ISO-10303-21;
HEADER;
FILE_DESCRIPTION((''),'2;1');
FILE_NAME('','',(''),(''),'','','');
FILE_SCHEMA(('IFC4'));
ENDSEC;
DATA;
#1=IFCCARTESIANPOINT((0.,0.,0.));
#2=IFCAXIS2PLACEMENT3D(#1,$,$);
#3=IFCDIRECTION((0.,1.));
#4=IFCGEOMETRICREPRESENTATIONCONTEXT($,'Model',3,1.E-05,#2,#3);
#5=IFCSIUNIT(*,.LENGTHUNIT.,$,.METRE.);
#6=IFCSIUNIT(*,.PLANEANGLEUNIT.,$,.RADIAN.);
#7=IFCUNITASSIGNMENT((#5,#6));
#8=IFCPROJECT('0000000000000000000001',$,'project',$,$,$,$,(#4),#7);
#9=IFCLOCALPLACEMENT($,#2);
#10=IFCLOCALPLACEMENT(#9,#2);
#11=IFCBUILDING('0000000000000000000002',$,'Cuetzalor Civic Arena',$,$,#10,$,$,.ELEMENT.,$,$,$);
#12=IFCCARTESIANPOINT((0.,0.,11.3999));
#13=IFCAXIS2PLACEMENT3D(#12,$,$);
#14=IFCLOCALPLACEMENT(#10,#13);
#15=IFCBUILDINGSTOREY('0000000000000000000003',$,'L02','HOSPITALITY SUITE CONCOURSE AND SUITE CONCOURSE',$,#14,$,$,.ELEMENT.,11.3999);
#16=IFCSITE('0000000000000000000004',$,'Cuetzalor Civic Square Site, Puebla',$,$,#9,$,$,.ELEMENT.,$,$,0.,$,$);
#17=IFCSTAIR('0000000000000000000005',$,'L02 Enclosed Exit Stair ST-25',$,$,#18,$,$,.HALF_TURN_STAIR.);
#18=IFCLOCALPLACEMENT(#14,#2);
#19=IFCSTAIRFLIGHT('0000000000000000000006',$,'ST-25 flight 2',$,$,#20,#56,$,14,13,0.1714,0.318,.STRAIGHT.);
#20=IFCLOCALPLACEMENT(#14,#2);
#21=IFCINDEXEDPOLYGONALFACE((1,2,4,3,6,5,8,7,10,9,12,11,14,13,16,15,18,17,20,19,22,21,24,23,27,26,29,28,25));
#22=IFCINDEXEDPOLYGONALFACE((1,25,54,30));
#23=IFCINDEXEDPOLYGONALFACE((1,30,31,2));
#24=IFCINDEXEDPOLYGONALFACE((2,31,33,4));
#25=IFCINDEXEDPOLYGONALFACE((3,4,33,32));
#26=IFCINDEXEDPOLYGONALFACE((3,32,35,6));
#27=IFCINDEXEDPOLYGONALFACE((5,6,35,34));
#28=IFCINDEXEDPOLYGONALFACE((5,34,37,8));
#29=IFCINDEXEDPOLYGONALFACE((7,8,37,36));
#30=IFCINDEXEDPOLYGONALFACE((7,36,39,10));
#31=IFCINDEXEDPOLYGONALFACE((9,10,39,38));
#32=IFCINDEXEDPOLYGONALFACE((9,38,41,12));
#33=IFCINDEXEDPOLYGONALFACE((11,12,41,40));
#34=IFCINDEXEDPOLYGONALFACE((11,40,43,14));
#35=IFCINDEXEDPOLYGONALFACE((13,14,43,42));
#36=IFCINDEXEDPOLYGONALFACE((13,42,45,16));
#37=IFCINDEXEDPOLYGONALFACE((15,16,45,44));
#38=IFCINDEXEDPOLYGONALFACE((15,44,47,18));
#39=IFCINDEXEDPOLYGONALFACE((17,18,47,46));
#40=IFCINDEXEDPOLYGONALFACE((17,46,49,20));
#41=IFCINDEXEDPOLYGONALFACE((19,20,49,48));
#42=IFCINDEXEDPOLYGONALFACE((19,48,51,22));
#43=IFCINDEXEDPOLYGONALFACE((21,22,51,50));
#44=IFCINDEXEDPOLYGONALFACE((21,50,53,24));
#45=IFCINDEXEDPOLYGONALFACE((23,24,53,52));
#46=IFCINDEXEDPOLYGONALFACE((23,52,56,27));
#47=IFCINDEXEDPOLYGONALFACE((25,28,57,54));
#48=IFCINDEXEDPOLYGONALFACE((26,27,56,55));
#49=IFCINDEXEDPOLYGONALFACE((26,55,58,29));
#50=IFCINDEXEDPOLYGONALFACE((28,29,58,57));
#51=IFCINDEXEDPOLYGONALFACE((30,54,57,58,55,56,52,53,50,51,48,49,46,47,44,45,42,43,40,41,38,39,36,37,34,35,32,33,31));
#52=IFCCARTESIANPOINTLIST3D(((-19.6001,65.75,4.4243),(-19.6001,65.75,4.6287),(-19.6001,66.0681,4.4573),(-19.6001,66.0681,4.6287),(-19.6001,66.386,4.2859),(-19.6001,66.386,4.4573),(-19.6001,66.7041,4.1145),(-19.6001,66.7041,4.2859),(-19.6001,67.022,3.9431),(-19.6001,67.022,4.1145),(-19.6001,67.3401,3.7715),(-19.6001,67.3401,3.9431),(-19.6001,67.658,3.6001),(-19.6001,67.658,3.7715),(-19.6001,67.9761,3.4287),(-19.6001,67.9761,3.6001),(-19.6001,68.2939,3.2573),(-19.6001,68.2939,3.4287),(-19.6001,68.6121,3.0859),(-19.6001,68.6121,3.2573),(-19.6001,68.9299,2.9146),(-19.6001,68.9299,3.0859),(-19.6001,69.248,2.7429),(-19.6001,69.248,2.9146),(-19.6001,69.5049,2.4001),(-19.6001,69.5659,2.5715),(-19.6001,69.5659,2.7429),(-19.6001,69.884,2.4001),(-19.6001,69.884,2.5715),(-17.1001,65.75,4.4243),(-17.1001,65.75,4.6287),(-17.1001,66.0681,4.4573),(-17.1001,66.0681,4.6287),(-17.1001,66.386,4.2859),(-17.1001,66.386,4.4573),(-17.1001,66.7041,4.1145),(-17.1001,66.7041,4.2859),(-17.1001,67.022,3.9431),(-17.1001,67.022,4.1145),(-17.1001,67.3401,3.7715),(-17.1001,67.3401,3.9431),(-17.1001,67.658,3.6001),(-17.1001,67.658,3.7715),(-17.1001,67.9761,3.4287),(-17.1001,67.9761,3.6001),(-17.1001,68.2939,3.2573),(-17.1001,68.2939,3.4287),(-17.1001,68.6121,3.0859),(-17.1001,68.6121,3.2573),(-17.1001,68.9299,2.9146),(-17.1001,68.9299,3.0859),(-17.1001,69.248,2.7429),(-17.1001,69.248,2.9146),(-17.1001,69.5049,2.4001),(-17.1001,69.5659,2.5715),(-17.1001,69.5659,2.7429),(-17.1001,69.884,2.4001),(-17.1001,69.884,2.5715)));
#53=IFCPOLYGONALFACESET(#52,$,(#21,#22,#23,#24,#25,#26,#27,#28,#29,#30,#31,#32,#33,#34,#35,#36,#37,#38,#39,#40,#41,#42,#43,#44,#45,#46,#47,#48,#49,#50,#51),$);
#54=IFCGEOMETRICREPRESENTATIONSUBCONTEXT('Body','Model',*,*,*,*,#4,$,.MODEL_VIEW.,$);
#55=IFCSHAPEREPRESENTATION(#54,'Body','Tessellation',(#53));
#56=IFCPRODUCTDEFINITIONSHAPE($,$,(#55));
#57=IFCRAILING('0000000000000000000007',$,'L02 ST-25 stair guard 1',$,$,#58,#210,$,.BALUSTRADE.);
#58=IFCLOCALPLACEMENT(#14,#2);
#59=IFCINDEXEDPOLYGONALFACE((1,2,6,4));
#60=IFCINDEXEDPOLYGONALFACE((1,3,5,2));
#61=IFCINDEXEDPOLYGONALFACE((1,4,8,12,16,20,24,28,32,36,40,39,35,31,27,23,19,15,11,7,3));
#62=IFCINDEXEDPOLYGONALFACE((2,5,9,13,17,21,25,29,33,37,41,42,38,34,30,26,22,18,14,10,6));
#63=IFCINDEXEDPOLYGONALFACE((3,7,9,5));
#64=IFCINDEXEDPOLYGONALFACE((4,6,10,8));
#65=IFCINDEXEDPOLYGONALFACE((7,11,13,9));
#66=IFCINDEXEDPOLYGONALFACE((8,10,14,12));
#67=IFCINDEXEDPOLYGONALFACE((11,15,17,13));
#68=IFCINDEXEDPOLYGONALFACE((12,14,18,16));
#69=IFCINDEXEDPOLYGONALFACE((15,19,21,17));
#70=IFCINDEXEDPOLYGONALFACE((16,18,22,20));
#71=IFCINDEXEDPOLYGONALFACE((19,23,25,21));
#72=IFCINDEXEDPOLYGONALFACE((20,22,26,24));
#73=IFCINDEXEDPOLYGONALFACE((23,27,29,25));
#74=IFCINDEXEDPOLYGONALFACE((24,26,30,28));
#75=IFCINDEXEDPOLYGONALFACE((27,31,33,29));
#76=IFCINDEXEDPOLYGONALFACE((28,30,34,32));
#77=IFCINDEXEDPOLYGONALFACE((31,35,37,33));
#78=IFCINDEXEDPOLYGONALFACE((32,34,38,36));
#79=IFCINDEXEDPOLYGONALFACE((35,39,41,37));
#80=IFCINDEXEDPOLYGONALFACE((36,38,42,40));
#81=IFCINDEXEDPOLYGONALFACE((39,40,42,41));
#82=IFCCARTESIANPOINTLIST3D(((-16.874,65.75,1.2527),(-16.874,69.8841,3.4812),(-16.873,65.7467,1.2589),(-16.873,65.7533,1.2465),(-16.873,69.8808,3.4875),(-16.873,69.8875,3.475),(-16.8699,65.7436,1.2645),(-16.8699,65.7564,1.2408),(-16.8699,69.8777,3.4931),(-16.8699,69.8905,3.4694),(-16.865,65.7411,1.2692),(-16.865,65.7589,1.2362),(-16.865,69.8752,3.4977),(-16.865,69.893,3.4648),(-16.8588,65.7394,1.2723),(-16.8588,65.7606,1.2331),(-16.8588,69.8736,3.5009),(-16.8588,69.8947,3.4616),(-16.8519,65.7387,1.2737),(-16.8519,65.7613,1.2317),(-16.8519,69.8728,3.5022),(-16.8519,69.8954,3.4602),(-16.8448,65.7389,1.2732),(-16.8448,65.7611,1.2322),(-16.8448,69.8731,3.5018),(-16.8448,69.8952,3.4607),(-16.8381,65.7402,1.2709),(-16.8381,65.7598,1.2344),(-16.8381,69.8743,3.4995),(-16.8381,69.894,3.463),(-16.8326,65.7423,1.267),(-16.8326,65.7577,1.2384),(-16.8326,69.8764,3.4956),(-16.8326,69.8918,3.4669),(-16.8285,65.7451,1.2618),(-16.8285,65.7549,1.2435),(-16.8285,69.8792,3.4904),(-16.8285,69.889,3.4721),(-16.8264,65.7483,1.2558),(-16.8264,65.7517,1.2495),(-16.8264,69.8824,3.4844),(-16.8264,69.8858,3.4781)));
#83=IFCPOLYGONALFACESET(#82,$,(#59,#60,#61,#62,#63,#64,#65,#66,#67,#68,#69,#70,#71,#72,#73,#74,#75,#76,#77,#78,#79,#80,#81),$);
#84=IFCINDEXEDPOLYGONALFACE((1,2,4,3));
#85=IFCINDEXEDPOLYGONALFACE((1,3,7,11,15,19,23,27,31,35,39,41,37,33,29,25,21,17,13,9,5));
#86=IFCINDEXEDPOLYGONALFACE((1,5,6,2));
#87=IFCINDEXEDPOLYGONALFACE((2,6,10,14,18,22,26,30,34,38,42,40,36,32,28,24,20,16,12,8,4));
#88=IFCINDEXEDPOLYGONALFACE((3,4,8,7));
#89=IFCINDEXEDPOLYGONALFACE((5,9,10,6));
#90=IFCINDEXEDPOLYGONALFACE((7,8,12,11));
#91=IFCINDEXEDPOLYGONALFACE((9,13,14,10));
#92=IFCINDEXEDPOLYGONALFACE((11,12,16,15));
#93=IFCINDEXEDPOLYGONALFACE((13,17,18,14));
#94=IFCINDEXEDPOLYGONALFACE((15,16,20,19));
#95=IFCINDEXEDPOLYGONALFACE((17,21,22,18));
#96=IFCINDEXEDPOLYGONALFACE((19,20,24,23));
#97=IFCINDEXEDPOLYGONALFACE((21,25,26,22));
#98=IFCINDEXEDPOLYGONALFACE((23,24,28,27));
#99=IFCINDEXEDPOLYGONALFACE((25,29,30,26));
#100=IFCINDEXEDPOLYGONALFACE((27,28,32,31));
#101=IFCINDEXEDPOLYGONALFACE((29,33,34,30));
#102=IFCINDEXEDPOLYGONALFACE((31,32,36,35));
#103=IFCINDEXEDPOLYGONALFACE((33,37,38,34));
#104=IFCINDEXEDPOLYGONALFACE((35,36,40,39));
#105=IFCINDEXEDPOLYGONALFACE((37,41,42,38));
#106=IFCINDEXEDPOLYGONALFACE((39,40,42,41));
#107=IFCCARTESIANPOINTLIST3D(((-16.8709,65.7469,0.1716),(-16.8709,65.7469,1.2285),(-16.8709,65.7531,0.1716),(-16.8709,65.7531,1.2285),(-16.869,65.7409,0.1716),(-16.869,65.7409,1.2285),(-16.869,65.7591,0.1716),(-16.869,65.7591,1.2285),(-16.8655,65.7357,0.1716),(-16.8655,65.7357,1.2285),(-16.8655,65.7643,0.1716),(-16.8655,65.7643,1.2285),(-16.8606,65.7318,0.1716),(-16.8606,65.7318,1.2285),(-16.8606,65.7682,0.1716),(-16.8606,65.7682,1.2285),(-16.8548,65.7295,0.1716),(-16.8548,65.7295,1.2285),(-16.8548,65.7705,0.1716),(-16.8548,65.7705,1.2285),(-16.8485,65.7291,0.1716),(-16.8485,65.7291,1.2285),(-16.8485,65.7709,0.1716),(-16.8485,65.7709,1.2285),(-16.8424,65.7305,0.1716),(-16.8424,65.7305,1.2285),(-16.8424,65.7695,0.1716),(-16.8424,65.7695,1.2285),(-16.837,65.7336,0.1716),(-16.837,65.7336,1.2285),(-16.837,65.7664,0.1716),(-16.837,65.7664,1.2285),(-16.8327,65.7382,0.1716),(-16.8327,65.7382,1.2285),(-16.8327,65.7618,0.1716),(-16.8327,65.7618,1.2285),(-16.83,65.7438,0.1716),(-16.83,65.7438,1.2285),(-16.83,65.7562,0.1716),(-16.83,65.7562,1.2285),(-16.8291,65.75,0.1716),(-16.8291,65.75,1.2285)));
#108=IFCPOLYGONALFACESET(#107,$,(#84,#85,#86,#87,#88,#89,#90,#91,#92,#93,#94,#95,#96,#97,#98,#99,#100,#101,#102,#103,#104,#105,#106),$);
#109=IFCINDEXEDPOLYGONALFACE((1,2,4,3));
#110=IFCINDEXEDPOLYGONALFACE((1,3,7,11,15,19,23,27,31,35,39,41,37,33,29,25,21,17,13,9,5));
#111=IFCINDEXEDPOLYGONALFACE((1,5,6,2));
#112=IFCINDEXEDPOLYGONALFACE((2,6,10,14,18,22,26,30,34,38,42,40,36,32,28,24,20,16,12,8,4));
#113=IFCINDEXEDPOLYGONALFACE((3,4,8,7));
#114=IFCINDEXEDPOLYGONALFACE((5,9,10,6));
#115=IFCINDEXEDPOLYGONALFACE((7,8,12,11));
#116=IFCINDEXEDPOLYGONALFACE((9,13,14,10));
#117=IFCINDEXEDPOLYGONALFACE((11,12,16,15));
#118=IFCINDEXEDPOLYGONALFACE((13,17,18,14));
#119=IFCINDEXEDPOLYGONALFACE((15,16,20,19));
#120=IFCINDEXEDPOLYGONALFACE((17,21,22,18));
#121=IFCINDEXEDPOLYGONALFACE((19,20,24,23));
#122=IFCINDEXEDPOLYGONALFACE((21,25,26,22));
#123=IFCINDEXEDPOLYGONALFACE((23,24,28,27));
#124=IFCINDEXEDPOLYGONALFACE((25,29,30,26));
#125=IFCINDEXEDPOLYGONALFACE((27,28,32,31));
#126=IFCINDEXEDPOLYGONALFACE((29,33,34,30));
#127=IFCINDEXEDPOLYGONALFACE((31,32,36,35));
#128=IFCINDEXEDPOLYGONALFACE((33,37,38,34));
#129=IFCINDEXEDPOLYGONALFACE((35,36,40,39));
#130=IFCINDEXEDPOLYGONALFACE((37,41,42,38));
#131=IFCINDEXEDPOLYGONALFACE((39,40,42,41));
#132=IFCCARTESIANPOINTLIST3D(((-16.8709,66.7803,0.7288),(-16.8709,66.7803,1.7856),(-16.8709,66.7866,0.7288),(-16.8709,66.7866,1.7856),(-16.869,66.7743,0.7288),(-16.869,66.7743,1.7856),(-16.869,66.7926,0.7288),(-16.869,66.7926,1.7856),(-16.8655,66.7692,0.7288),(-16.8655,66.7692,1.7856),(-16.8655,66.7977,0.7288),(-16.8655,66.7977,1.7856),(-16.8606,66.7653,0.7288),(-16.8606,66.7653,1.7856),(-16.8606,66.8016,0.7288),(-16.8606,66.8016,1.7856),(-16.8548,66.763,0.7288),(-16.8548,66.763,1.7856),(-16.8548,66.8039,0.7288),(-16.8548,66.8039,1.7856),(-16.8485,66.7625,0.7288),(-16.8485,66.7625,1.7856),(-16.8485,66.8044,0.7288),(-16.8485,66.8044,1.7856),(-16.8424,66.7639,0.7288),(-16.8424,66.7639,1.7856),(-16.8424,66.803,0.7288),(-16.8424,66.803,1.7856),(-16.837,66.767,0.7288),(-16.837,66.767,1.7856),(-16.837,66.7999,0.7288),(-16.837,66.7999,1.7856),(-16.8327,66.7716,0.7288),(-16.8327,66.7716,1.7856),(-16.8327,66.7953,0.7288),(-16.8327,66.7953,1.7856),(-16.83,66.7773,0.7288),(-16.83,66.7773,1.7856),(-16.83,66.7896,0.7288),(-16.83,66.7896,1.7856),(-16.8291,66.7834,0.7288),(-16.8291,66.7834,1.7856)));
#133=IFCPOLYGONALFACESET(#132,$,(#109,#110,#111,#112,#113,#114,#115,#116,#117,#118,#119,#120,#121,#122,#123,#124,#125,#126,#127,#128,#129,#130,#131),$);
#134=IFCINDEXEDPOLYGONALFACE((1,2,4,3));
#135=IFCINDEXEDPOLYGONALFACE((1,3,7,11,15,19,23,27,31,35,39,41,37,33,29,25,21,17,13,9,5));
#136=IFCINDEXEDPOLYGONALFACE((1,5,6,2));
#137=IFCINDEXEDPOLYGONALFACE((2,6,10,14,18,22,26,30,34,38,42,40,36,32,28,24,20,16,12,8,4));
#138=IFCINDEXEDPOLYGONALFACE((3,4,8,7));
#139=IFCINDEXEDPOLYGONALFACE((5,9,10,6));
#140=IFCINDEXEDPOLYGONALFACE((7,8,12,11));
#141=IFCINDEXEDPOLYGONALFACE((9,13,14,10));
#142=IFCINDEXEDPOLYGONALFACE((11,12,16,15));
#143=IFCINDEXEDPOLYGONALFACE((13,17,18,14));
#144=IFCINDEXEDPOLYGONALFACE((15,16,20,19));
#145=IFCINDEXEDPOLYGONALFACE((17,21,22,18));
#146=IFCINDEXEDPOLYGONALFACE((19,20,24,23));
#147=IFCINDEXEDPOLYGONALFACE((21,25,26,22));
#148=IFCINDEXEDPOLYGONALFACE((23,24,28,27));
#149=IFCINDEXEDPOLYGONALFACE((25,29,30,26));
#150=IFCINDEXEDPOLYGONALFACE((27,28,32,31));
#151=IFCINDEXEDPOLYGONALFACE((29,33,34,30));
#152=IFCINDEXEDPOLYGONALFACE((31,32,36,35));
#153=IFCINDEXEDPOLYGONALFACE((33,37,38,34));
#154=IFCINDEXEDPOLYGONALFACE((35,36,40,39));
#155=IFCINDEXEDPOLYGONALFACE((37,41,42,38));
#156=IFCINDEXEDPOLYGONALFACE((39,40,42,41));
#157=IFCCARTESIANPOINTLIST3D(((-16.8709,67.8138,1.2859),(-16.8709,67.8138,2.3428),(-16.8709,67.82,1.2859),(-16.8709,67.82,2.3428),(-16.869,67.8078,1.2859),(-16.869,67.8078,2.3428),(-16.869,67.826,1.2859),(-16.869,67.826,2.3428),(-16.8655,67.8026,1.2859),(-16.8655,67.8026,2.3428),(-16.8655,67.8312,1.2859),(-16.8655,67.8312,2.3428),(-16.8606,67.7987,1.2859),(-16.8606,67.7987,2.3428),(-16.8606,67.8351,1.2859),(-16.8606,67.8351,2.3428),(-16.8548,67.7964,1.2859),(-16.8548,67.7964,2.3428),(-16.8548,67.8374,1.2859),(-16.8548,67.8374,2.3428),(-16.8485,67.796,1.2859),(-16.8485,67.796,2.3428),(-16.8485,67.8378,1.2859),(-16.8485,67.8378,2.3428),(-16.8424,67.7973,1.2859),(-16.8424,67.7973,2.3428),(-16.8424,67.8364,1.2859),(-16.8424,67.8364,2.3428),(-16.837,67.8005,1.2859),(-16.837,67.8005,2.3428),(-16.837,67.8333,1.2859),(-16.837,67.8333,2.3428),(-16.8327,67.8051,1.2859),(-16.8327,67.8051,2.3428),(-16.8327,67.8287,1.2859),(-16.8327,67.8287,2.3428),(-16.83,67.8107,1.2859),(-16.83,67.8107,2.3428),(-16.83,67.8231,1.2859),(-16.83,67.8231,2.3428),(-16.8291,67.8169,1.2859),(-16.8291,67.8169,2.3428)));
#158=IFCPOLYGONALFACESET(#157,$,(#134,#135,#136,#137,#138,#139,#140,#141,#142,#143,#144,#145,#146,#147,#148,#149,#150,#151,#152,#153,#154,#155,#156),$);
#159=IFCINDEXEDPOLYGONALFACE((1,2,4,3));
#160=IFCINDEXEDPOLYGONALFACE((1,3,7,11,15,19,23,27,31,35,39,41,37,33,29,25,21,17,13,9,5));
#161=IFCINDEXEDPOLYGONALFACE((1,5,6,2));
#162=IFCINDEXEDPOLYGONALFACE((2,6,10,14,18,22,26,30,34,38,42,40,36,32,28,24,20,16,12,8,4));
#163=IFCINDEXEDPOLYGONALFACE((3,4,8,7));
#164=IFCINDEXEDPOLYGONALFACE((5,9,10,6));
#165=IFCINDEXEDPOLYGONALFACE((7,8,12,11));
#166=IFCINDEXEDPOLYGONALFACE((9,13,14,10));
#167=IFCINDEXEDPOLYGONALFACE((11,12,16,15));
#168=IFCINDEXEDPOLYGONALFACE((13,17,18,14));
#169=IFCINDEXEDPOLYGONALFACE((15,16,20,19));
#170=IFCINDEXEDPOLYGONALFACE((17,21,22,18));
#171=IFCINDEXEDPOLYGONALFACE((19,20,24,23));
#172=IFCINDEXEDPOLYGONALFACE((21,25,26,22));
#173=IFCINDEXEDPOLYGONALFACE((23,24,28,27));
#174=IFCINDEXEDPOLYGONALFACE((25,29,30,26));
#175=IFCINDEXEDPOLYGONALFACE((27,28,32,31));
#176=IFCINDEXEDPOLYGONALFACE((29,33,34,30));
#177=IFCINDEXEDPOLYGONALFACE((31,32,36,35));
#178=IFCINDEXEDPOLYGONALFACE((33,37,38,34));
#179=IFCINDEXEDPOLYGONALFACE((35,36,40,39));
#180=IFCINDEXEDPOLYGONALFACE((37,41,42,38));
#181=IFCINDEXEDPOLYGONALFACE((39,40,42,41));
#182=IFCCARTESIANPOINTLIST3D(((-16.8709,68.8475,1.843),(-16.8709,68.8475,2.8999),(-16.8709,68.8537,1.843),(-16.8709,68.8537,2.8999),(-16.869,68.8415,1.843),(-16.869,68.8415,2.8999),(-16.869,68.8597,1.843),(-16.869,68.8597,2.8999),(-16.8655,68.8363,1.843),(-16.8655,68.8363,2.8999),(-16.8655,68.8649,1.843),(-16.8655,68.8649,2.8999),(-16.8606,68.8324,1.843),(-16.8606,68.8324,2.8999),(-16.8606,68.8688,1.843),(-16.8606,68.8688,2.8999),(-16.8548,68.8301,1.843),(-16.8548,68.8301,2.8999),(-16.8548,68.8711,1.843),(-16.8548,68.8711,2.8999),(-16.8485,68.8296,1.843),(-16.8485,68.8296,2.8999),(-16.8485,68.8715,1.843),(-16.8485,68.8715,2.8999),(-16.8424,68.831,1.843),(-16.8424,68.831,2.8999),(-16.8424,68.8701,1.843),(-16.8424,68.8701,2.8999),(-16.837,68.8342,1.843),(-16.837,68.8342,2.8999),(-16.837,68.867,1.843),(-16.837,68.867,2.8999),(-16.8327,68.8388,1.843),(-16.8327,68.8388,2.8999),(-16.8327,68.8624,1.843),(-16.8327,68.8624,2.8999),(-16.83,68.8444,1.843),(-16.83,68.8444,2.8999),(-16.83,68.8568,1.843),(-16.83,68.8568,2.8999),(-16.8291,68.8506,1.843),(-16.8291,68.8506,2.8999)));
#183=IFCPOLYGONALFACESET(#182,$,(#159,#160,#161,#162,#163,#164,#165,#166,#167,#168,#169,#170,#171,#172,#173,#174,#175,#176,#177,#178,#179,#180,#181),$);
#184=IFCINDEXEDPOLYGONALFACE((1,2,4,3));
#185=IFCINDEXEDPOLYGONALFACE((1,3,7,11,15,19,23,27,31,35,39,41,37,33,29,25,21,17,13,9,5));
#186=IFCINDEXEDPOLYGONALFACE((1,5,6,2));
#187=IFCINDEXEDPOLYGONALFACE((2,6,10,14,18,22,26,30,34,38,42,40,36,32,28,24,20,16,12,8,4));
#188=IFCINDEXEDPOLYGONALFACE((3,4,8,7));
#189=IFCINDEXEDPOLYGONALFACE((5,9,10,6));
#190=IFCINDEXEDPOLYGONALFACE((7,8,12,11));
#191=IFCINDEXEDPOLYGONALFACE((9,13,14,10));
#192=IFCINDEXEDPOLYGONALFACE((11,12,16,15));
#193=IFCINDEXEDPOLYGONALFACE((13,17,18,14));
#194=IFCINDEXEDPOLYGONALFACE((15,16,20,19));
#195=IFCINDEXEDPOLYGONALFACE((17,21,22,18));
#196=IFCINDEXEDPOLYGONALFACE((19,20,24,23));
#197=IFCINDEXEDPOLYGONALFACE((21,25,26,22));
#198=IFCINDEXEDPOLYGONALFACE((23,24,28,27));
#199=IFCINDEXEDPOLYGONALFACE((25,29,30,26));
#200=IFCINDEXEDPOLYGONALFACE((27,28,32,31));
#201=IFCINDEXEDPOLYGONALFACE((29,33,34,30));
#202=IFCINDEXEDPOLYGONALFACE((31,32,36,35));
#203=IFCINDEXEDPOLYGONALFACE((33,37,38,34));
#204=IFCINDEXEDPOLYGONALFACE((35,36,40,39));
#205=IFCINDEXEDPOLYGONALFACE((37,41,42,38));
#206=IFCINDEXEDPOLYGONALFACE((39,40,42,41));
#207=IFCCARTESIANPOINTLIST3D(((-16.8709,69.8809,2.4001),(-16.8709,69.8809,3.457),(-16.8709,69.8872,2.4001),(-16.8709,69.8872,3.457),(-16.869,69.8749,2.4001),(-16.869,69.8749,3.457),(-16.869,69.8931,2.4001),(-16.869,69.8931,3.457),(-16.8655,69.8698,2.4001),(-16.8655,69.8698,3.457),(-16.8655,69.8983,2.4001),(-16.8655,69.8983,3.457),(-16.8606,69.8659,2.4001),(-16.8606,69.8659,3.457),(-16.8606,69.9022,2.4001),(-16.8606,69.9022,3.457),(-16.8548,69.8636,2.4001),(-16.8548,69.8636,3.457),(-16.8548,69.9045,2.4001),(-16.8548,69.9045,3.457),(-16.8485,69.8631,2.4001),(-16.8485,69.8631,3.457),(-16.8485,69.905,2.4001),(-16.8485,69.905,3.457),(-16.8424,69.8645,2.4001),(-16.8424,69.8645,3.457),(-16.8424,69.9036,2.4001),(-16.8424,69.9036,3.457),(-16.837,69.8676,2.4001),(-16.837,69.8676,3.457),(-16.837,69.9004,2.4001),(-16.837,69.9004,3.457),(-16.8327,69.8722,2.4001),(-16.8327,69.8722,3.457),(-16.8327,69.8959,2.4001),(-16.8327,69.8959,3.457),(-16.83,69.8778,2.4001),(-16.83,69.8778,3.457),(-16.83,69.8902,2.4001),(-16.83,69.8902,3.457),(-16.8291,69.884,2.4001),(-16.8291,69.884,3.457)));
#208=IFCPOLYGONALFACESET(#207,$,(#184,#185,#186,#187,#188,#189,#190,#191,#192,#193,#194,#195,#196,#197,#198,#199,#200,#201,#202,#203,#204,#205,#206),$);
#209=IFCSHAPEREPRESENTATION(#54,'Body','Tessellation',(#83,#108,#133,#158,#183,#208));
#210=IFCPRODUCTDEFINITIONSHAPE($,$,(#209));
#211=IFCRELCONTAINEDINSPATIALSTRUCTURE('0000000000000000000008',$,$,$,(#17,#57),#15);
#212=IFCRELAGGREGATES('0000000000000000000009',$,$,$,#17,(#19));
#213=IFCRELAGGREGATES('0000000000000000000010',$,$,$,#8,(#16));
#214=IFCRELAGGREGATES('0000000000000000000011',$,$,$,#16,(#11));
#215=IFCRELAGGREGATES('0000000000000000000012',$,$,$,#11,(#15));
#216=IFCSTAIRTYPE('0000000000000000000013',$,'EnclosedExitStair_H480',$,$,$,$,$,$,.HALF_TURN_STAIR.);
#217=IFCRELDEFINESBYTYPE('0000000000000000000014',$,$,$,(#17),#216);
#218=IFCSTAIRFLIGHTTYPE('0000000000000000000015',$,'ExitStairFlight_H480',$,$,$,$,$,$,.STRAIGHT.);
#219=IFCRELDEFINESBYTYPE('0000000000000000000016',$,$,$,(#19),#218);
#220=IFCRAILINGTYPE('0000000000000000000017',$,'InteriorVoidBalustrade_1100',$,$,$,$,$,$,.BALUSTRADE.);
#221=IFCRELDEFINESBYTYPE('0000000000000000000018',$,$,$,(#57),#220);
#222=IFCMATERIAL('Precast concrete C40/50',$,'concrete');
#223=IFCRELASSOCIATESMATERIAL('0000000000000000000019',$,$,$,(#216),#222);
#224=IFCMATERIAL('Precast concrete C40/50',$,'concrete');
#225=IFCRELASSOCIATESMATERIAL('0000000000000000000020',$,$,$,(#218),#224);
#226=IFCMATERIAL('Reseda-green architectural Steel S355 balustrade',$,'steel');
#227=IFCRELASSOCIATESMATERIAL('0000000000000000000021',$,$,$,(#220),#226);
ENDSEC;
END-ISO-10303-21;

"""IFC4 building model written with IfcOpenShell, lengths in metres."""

from ifc_helpers import new_model, si_unit, direction, frame, origin, origin_2d, place, context, subcontext, project, spatial, polyline, circle, outline, extrude, material, type_object, element, aggregate, save


model = new_model("IFC4")

# Units and contexts
model_context = context("Model", 3, precision=1e-05, world=origin(), true_north=direction((0.0, 1.0)))
body_context = subcontext(model_context, "Body", "Model", "MODEL_VIEW")
ifc_project = project(units=[si_unit("LENGTHUNIT", "METRE"), si_unit("PLANEANGLEUNIT", "RADIAN")], contexts=[model_context])

# Site, building, storey
site_placement = place(None, origin())
site = spatial("IfcSite", under=ifc_project, at=site_placement, Name="Cuetzalor Civic Square Site, Puebla", CompositionType="ELEMENT", RefElevation=0.0)
building_placement = place(site_placement, origin())
building = spatial("IfcBuilding", under=site, at=building_placement, Name="Cuetzalor Civic Arena", CompositionType="ELEMENT")
storey_placement = place(building_placement, frame((0.0, 0.0, 11.3999)))
storey = spatial("IfcBuildingStorey", under=building, at=storey_placement, Name="L02", Description="HOSPITALITY SUITE CONCOURSE AND SUITE CONCOURSE", CompositionType="ELEMENT", Elevation=11.3999)

# Stair, stair flight
ifc_material_1 = material(Name="Precast concrete C40/50", Category="concrete")
stair_type = type_object("IfcStairType", Name="EnclosedExitStair_H480", PredefinedType="HALF_TURN_STAIR", material=ifc_material_1)
stair_placement = place(storey_placement, origin())
stair = element("IfcStair", 1, at=stair_placement, inside=storey, type_object=stair_type, Name="L02 Enclosed Exit Stair ST-25", PredefinedType="HALF_TURN_STAIR")
ifc_material_2 = material(Name="Precast concrete C40/50", Category="concrete")
stair_flight_type = type_object("IfcStairFlightType", Name="ExitStairFlight_H480", PredefinedType="STRAIGHT", material=ifc_material_2)
stair_flight_1_placement = place(storey_placement, frame((-18.3501, 69.884, 2.4001), z_axis=(0.0, 0.0, 1.0), x_axis=(0.0, -1.0, 0.0)))
stair_flight_1 = element("IfcStairFlight", 2, at=stair_flight_1_placement, type_object=stair_flight_type, Name="ST-25 flight 2", NumberOfRisers=14, NumberOfTreads=13, PredefinedType="STRAIGHT", RiserHeight=0.1714, TreadLength=0.318, context=body_context, shape_type="SweptSolid", body=[
    extrude(outline(polyline([(0.0, 0.0), (0.0, 0.1714), (0.3181, 0.1714), (0.3181, 0.3428), (0.636, 0.3428), (0.636, 0.5144), (0.9541, 0.5144), (0.9541, 0.6858), (1.272, 0.6858), (1.272, 0.8572), (1.5901, 0.8572), (1.5901, 1.0286), (1.908, 1.0286), (1.908, 1.2), (2.2261, 1.2), (2.2261, 1.3713), (2.5439, 1.3713), (2.5439, 1.543), (2.8621, 1.543), (2.8621, 1.7144), (3.1799, 1.7144), (3.1799, 1.8857), (3.498, 1.8857), (3.498, 2.0571), (3.8159, 2.0571), (3.8159, 2.2285), (4.134, 2.2285), (4.134, 2.3999), (4.134, 2.0242), (0.3792, 0.0), (0.0, 0.0)])), frame((0.0, 1.25, 0.0), z_axis=(0.0, -1.0, 0.0), x_axis=(1.0, 0.0, 0.0)), (0.0, 0.0, 1.0), 2.5),
])
aggregate(stair, [stair_flight_1])

# Railing
ifc_material_3 = material(Name="Reseda-green architectural Steel S355 balustrade", Category="steel")
railing_type_1 = type_object("IfcRailingType", Name="InteriorVoidBalustrade_1100", PredefinedType="BALUSTRADE", material=ifc_material_3)
railing_1_placement = place(storey_placement, frame((-16.8501, 65.75, 0.1716)))
element("IfcRailing", 3, at=railing_1_placement, inside=storey, type_object=railing_type_1, Name="L02 ST-25 stair guard 1", PredefinedType="BALUSTRADE", context=body_context, shape_type="SweptSolid", body=[
    extrude(circle(Radius=0.0239, at=origin_2d()), frame((0.0, 0.0, 1.0811), z_axis=(0.0, 0.880249, 0.474512), x_axis=(-1.0, 0.0, 0.0)), (0.0, 0.0, 1.0), 4.6965),
    extrude(circle(Radius=0.021, at=origin_2d()), origin(), (0.0, 0.0, 1.0), 1.0569),
    extrude(circle(Radius=0.021, at=origin_2d()), frame((0.0, 1.0334, 0.5571)), (0.0, 0.0, 1.0), 1.0569),
    extrude(circle(Radius=0.021, at=origin_2d()), frame((0.0, 2.0669, 1.1143)), (0.0, 0.0, 1.0), 1.0569),
    extrude(circle(Radius=0.021, at=origin_2d()), frame((0.0, 3.1006, 1.6714)), (0.0, 0.0, 1.0), 1.0569),
    extrude(circle(Radius=0.021, at=origin_2d()), frame((0.0, 4.134, 2.2285)), (0.0, 0.0, 1.0), 1.0569),
])

save(model, "model.ifc")
